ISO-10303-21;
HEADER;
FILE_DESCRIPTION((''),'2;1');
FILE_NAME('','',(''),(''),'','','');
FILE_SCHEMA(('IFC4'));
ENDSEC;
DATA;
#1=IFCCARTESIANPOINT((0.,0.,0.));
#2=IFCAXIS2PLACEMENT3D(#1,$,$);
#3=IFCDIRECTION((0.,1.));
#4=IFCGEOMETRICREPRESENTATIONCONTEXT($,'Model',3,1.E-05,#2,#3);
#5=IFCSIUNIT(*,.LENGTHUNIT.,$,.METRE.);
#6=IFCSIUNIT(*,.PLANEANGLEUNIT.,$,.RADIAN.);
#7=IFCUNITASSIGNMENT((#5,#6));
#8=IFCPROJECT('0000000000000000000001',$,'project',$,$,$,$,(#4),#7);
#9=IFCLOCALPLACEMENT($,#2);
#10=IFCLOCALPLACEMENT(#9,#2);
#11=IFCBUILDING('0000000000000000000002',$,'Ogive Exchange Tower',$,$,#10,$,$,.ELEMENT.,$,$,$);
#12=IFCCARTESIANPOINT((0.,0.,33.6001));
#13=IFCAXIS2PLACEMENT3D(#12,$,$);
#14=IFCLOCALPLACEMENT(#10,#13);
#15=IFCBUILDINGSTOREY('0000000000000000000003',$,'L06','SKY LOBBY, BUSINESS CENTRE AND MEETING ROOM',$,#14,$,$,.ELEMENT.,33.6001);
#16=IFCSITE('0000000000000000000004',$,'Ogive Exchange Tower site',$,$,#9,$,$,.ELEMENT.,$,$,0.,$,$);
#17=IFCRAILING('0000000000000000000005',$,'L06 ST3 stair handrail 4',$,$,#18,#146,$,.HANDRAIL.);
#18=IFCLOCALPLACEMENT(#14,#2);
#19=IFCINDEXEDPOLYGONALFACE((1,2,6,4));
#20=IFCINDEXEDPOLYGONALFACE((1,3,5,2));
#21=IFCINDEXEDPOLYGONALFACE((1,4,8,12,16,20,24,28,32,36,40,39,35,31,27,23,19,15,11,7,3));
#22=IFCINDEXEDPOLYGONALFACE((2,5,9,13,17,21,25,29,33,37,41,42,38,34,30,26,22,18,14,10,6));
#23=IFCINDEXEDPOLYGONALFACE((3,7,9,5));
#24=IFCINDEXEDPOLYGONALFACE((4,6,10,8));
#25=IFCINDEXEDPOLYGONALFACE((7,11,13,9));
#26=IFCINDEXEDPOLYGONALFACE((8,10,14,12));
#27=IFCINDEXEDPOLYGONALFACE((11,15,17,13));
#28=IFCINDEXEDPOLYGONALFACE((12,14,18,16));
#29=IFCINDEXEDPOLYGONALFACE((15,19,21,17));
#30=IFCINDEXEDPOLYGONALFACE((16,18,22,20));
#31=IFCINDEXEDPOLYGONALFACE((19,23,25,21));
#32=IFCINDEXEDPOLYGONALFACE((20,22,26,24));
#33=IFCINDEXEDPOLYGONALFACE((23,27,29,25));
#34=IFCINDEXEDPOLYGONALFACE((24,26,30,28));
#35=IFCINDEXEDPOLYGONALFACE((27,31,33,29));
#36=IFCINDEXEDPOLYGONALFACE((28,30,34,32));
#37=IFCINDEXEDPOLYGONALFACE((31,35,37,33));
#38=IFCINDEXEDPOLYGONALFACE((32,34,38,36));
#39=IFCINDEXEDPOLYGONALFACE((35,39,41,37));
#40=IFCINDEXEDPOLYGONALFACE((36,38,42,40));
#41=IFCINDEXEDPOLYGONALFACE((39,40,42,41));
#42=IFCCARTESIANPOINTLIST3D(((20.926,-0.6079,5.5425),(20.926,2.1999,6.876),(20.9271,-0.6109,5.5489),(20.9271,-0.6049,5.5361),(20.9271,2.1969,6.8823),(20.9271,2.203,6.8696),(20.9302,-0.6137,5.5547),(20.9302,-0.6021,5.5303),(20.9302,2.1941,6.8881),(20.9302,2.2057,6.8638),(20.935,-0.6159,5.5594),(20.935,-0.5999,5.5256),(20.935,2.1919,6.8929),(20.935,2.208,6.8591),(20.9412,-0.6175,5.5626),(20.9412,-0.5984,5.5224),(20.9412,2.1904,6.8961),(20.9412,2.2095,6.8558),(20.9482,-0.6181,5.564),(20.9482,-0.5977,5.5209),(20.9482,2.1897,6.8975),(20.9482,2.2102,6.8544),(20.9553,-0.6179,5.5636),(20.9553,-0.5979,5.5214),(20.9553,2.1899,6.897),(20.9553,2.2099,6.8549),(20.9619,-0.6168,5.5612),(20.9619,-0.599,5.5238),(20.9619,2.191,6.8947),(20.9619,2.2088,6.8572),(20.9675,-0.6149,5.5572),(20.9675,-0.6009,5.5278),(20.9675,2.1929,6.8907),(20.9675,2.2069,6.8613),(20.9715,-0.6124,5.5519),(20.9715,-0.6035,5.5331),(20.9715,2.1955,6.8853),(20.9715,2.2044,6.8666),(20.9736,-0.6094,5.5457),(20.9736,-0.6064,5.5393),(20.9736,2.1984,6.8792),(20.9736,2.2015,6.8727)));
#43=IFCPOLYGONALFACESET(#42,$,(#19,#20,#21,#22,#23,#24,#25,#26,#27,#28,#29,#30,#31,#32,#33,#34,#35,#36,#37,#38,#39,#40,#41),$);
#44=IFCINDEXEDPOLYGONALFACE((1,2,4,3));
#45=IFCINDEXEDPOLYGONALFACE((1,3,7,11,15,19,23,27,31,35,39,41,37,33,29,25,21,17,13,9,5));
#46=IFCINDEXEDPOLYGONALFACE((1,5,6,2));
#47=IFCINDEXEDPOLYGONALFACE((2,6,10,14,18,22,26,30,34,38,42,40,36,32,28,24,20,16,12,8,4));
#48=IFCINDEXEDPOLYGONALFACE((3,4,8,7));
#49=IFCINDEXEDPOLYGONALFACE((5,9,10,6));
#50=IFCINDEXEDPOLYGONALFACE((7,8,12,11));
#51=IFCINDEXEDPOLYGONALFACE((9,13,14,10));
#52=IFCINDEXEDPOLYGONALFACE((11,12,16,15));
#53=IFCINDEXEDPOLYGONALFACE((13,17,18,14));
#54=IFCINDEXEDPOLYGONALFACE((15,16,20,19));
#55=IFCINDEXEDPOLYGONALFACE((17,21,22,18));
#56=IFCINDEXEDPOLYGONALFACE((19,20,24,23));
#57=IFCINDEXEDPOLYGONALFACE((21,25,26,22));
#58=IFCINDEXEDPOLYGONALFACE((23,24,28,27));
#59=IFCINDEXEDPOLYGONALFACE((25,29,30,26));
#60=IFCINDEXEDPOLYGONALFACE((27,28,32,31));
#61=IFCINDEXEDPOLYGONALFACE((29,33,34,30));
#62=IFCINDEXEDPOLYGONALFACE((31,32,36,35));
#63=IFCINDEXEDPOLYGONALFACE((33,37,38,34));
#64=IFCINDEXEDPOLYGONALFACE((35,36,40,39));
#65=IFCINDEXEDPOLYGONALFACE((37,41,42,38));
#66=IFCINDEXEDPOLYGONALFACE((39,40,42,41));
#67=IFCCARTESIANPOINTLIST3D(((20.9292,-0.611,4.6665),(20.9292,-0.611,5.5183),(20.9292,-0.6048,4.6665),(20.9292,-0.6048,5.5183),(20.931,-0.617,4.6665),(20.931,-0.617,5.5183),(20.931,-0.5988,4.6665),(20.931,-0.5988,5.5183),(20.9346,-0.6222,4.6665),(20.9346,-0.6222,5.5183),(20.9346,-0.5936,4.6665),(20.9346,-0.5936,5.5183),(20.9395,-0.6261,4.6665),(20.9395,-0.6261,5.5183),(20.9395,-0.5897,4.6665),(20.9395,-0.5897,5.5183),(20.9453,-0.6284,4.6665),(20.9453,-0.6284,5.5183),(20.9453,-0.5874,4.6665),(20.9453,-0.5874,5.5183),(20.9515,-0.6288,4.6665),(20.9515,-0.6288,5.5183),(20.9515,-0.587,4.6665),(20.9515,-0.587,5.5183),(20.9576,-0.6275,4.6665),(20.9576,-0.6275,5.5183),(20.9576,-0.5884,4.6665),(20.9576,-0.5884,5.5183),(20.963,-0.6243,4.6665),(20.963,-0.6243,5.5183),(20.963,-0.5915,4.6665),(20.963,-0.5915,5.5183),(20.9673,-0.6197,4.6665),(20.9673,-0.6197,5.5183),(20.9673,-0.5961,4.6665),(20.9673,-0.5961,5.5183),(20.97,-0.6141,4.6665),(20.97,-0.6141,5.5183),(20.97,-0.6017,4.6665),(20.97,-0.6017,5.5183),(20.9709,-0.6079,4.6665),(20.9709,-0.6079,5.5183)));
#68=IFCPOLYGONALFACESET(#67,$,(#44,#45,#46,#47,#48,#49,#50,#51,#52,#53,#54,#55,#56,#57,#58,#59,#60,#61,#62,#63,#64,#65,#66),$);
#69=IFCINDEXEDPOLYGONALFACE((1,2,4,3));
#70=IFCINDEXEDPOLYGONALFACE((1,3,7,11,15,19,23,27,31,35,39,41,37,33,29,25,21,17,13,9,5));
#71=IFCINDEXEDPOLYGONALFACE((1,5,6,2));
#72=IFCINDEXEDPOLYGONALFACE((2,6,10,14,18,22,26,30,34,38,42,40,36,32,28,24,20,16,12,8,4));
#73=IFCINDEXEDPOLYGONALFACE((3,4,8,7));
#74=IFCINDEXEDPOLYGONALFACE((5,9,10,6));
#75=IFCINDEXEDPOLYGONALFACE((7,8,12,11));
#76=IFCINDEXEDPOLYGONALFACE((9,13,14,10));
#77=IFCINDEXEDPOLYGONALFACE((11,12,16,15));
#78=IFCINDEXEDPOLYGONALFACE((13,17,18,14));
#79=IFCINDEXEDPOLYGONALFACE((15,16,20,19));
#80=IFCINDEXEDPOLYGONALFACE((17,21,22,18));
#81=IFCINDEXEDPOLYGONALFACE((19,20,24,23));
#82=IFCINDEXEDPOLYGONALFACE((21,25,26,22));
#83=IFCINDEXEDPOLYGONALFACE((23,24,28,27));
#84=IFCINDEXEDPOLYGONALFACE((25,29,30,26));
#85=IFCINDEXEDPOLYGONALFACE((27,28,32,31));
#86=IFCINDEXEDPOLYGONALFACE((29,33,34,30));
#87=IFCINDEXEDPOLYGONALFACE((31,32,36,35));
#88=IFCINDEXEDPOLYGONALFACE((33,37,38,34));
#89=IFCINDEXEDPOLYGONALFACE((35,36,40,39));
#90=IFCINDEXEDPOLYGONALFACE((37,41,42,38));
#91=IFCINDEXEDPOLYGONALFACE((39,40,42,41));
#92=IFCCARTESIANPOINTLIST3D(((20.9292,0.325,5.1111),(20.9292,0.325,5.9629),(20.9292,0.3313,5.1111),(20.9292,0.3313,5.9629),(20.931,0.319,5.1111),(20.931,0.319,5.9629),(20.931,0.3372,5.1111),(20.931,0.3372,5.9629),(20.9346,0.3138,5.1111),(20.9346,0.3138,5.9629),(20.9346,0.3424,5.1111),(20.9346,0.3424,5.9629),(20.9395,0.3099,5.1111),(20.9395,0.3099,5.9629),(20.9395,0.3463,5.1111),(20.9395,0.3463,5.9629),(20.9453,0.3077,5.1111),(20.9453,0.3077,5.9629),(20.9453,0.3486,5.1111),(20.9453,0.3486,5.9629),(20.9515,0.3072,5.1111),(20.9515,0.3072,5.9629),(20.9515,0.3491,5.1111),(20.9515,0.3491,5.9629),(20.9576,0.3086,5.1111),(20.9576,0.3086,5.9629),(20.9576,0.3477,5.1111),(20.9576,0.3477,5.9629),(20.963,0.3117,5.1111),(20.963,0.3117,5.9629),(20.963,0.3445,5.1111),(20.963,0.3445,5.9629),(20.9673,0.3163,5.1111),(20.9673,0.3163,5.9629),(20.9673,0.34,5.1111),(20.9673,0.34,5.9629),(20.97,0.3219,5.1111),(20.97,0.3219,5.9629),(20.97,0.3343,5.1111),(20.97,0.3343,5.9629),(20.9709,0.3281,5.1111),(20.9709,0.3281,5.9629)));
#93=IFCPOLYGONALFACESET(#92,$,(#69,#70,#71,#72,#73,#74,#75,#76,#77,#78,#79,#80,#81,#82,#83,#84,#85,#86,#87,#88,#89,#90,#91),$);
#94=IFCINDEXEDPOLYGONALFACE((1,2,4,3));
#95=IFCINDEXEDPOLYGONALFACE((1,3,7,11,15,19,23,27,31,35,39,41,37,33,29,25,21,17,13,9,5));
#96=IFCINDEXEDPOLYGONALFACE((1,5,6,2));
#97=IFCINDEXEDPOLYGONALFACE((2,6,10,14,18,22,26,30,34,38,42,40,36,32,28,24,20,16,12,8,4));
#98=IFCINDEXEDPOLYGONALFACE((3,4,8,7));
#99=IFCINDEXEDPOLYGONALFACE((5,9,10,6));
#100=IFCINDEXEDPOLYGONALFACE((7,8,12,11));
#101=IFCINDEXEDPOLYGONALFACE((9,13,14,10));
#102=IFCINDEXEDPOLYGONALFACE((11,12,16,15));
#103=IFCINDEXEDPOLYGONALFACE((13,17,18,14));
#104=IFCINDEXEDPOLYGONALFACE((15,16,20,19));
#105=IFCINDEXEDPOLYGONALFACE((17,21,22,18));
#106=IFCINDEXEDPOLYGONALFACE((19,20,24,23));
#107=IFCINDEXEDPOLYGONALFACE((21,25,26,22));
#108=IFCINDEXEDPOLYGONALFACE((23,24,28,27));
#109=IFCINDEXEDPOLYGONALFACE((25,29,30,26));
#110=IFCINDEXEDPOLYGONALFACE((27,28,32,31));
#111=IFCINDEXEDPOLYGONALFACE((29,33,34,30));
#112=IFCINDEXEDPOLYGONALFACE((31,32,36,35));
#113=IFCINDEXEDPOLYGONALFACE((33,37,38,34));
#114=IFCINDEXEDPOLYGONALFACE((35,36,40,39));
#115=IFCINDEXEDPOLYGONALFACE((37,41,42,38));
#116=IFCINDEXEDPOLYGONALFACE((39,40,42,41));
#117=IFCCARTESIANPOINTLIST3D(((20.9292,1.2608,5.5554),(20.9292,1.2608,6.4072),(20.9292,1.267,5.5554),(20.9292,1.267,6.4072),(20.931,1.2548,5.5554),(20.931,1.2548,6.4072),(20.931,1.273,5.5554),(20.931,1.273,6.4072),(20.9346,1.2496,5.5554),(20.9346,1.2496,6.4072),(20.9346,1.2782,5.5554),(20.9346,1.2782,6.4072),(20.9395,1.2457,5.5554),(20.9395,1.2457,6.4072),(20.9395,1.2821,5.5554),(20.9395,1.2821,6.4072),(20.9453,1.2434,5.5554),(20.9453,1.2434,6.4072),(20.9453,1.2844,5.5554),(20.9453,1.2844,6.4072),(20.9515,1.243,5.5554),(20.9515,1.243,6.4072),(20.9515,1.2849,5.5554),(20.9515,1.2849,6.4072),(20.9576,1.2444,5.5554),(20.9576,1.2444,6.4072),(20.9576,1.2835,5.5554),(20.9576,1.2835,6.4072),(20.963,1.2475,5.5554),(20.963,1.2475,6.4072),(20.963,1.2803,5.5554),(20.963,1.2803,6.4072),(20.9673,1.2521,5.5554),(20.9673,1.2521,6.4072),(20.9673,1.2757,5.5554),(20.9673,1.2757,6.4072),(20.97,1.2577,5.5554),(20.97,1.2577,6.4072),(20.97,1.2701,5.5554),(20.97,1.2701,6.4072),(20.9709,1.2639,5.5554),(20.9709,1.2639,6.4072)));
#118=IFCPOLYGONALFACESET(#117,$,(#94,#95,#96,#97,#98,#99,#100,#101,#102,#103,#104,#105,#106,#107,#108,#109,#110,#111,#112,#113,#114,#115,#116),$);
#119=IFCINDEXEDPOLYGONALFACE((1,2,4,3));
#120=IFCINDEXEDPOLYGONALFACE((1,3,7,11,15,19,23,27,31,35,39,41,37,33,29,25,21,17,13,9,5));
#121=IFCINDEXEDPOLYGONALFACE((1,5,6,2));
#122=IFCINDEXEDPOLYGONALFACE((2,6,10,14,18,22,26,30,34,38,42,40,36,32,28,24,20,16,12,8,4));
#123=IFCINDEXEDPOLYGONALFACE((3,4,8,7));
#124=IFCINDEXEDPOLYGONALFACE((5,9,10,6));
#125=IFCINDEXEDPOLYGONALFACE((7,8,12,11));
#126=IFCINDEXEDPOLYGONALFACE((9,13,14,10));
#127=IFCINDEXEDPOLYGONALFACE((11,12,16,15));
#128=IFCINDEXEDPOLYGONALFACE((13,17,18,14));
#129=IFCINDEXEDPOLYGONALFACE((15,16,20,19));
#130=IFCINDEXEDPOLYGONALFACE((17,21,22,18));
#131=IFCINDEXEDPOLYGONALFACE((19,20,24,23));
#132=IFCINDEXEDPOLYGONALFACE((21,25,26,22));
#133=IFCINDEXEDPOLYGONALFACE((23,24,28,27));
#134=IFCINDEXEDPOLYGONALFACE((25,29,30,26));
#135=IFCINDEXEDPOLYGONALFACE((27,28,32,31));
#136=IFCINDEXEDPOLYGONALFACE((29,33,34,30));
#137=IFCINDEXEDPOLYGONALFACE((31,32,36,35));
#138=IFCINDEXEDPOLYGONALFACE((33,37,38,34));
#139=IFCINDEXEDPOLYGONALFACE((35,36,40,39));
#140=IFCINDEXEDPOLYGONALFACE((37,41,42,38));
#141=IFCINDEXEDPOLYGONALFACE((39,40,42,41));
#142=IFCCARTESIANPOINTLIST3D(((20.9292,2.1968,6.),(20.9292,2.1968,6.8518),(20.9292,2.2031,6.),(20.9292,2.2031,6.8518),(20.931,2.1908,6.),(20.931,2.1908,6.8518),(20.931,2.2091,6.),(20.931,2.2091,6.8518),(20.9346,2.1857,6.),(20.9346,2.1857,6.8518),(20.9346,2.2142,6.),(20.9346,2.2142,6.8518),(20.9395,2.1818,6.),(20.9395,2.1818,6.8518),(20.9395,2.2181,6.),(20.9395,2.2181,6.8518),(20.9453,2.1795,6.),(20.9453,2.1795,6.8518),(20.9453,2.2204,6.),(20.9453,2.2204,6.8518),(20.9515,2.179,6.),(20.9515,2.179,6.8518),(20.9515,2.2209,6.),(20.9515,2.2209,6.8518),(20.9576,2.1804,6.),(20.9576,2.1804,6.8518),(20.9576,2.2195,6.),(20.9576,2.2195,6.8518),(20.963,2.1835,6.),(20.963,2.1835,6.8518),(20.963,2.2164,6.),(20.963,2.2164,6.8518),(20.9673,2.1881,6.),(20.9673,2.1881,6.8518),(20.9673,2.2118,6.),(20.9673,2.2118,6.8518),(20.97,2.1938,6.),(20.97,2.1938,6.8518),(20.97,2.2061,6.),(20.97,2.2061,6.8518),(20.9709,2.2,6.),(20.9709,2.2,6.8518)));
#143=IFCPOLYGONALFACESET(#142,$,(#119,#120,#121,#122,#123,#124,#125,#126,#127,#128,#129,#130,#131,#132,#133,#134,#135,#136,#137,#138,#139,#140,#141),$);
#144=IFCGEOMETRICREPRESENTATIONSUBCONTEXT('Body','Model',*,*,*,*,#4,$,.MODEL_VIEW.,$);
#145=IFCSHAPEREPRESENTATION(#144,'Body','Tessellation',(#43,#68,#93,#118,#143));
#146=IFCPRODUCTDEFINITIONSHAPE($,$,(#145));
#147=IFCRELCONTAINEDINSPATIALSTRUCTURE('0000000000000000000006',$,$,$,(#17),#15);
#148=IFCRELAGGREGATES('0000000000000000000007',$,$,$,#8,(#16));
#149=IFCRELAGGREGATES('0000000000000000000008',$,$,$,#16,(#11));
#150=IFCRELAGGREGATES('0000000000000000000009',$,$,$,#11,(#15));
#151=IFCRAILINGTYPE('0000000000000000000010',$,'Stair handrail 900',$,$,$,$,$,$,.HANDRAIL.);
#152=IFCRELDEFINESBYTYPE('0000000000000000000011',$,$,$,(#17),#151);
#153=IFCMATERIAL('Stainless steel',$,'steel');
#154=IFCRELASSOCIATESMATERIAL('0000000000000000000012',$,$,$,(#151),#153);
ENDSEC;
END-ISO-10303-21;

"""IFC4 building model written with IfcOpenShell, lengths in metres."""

from ifc_helpers import new_model, si_unit, direction, frame, origin, origin_2d, place, context, subcontext, project, spatial, circle, extrude, material, type_object, element, save


model = new_model("IFC4")

# Units and contexts
model_context = context("Model", 3, precision=1e-05, world=origin(), true_north=direction((0.0, 1.0)))
body_context = subcontext(model_context, "Body", "Model", "MODEL_VIEW")
ifc_project = project(units=[si_unit("LENGTHUNIT", "METRE"), si_unit("PLANEANGLEUNIT", "RADIAN")], contexts=[model_context])

# Site, building, storey
site_placement = place(None, origin())
site = spatial("IfcSite", under=ifc_project, at=site_placement, Name="Ogive Exchange Tower site", CompositionType="ELEMENT", RefElevation=0.0)
building_placement = place(site_placement, origin())
building = spatial("IfcBuilding", under=site, at=building_placement, Name="Ogive Exchange Tower", CompositionType="ELEMENT")
storey_placement = place(building_placement, frame((0.0, 0.0, 33.6001)))
storey = spatial("IfcBuildingStorey", under=building, at=storey_placement, Name="L06", Description="SKY LOBBY, BUSINESS CENTRE AND MEETING ROOM", CompositionType="ELEMENT", Elevation=33.6001)

# Railing
ifc_material_1 = material(Name="Stainless steel", Category="steel")
railing_type = type_object("IfcRailingType", Name="Stair handrail 900", PredefinedType="HANDRAIL", material=ifc_material_1)
for number, where, name in (
    (1, (20.95, -0.6079, 4.6665), "L06 ST3 stair handrail 4"),
):
    element("IfcRailing", number, at=place(storey_placement, frame(where)), inside=storey, type_object=railing_type, Name=name, PredefinedType="HANDRAIL", context=body_context, shape_type="SweptSolid", body=[
        extrude(circle(Radius=0.0239, at=origin_2d()), frame((0.0, 0.0, 0.876), z_axis=(0.0, 0.903307, 0.428994), x_axis=(-1.0, 0.0, 0.0)), (0.0, 0.0, 1.0), 3.1084),
        extrude(circle(Radius=0.021, at=origin_2d()), origin(), (0.0, 0.0, 1.0), 0.8518),
        extrude(circle(Radius=0.021, at=origin_2d()), frame((0.0, 0.936, 0.4446)), (0.0, 0.0, 1.0), 0.8518),
        extrude(circle(Radius=0.021, at=origin_2d()), frame((0.0, 1.8718, 0.8889)), (0.0, 0.0, 1.0), 0.8518),
        extrude(circle(Radius=0.021, at=origin_2d()), frame((0.0, 2.8079, 1.3335)), (0.0, 0.0, 1.0), 0.8518),
    ])

save(model, "model.ifc")
